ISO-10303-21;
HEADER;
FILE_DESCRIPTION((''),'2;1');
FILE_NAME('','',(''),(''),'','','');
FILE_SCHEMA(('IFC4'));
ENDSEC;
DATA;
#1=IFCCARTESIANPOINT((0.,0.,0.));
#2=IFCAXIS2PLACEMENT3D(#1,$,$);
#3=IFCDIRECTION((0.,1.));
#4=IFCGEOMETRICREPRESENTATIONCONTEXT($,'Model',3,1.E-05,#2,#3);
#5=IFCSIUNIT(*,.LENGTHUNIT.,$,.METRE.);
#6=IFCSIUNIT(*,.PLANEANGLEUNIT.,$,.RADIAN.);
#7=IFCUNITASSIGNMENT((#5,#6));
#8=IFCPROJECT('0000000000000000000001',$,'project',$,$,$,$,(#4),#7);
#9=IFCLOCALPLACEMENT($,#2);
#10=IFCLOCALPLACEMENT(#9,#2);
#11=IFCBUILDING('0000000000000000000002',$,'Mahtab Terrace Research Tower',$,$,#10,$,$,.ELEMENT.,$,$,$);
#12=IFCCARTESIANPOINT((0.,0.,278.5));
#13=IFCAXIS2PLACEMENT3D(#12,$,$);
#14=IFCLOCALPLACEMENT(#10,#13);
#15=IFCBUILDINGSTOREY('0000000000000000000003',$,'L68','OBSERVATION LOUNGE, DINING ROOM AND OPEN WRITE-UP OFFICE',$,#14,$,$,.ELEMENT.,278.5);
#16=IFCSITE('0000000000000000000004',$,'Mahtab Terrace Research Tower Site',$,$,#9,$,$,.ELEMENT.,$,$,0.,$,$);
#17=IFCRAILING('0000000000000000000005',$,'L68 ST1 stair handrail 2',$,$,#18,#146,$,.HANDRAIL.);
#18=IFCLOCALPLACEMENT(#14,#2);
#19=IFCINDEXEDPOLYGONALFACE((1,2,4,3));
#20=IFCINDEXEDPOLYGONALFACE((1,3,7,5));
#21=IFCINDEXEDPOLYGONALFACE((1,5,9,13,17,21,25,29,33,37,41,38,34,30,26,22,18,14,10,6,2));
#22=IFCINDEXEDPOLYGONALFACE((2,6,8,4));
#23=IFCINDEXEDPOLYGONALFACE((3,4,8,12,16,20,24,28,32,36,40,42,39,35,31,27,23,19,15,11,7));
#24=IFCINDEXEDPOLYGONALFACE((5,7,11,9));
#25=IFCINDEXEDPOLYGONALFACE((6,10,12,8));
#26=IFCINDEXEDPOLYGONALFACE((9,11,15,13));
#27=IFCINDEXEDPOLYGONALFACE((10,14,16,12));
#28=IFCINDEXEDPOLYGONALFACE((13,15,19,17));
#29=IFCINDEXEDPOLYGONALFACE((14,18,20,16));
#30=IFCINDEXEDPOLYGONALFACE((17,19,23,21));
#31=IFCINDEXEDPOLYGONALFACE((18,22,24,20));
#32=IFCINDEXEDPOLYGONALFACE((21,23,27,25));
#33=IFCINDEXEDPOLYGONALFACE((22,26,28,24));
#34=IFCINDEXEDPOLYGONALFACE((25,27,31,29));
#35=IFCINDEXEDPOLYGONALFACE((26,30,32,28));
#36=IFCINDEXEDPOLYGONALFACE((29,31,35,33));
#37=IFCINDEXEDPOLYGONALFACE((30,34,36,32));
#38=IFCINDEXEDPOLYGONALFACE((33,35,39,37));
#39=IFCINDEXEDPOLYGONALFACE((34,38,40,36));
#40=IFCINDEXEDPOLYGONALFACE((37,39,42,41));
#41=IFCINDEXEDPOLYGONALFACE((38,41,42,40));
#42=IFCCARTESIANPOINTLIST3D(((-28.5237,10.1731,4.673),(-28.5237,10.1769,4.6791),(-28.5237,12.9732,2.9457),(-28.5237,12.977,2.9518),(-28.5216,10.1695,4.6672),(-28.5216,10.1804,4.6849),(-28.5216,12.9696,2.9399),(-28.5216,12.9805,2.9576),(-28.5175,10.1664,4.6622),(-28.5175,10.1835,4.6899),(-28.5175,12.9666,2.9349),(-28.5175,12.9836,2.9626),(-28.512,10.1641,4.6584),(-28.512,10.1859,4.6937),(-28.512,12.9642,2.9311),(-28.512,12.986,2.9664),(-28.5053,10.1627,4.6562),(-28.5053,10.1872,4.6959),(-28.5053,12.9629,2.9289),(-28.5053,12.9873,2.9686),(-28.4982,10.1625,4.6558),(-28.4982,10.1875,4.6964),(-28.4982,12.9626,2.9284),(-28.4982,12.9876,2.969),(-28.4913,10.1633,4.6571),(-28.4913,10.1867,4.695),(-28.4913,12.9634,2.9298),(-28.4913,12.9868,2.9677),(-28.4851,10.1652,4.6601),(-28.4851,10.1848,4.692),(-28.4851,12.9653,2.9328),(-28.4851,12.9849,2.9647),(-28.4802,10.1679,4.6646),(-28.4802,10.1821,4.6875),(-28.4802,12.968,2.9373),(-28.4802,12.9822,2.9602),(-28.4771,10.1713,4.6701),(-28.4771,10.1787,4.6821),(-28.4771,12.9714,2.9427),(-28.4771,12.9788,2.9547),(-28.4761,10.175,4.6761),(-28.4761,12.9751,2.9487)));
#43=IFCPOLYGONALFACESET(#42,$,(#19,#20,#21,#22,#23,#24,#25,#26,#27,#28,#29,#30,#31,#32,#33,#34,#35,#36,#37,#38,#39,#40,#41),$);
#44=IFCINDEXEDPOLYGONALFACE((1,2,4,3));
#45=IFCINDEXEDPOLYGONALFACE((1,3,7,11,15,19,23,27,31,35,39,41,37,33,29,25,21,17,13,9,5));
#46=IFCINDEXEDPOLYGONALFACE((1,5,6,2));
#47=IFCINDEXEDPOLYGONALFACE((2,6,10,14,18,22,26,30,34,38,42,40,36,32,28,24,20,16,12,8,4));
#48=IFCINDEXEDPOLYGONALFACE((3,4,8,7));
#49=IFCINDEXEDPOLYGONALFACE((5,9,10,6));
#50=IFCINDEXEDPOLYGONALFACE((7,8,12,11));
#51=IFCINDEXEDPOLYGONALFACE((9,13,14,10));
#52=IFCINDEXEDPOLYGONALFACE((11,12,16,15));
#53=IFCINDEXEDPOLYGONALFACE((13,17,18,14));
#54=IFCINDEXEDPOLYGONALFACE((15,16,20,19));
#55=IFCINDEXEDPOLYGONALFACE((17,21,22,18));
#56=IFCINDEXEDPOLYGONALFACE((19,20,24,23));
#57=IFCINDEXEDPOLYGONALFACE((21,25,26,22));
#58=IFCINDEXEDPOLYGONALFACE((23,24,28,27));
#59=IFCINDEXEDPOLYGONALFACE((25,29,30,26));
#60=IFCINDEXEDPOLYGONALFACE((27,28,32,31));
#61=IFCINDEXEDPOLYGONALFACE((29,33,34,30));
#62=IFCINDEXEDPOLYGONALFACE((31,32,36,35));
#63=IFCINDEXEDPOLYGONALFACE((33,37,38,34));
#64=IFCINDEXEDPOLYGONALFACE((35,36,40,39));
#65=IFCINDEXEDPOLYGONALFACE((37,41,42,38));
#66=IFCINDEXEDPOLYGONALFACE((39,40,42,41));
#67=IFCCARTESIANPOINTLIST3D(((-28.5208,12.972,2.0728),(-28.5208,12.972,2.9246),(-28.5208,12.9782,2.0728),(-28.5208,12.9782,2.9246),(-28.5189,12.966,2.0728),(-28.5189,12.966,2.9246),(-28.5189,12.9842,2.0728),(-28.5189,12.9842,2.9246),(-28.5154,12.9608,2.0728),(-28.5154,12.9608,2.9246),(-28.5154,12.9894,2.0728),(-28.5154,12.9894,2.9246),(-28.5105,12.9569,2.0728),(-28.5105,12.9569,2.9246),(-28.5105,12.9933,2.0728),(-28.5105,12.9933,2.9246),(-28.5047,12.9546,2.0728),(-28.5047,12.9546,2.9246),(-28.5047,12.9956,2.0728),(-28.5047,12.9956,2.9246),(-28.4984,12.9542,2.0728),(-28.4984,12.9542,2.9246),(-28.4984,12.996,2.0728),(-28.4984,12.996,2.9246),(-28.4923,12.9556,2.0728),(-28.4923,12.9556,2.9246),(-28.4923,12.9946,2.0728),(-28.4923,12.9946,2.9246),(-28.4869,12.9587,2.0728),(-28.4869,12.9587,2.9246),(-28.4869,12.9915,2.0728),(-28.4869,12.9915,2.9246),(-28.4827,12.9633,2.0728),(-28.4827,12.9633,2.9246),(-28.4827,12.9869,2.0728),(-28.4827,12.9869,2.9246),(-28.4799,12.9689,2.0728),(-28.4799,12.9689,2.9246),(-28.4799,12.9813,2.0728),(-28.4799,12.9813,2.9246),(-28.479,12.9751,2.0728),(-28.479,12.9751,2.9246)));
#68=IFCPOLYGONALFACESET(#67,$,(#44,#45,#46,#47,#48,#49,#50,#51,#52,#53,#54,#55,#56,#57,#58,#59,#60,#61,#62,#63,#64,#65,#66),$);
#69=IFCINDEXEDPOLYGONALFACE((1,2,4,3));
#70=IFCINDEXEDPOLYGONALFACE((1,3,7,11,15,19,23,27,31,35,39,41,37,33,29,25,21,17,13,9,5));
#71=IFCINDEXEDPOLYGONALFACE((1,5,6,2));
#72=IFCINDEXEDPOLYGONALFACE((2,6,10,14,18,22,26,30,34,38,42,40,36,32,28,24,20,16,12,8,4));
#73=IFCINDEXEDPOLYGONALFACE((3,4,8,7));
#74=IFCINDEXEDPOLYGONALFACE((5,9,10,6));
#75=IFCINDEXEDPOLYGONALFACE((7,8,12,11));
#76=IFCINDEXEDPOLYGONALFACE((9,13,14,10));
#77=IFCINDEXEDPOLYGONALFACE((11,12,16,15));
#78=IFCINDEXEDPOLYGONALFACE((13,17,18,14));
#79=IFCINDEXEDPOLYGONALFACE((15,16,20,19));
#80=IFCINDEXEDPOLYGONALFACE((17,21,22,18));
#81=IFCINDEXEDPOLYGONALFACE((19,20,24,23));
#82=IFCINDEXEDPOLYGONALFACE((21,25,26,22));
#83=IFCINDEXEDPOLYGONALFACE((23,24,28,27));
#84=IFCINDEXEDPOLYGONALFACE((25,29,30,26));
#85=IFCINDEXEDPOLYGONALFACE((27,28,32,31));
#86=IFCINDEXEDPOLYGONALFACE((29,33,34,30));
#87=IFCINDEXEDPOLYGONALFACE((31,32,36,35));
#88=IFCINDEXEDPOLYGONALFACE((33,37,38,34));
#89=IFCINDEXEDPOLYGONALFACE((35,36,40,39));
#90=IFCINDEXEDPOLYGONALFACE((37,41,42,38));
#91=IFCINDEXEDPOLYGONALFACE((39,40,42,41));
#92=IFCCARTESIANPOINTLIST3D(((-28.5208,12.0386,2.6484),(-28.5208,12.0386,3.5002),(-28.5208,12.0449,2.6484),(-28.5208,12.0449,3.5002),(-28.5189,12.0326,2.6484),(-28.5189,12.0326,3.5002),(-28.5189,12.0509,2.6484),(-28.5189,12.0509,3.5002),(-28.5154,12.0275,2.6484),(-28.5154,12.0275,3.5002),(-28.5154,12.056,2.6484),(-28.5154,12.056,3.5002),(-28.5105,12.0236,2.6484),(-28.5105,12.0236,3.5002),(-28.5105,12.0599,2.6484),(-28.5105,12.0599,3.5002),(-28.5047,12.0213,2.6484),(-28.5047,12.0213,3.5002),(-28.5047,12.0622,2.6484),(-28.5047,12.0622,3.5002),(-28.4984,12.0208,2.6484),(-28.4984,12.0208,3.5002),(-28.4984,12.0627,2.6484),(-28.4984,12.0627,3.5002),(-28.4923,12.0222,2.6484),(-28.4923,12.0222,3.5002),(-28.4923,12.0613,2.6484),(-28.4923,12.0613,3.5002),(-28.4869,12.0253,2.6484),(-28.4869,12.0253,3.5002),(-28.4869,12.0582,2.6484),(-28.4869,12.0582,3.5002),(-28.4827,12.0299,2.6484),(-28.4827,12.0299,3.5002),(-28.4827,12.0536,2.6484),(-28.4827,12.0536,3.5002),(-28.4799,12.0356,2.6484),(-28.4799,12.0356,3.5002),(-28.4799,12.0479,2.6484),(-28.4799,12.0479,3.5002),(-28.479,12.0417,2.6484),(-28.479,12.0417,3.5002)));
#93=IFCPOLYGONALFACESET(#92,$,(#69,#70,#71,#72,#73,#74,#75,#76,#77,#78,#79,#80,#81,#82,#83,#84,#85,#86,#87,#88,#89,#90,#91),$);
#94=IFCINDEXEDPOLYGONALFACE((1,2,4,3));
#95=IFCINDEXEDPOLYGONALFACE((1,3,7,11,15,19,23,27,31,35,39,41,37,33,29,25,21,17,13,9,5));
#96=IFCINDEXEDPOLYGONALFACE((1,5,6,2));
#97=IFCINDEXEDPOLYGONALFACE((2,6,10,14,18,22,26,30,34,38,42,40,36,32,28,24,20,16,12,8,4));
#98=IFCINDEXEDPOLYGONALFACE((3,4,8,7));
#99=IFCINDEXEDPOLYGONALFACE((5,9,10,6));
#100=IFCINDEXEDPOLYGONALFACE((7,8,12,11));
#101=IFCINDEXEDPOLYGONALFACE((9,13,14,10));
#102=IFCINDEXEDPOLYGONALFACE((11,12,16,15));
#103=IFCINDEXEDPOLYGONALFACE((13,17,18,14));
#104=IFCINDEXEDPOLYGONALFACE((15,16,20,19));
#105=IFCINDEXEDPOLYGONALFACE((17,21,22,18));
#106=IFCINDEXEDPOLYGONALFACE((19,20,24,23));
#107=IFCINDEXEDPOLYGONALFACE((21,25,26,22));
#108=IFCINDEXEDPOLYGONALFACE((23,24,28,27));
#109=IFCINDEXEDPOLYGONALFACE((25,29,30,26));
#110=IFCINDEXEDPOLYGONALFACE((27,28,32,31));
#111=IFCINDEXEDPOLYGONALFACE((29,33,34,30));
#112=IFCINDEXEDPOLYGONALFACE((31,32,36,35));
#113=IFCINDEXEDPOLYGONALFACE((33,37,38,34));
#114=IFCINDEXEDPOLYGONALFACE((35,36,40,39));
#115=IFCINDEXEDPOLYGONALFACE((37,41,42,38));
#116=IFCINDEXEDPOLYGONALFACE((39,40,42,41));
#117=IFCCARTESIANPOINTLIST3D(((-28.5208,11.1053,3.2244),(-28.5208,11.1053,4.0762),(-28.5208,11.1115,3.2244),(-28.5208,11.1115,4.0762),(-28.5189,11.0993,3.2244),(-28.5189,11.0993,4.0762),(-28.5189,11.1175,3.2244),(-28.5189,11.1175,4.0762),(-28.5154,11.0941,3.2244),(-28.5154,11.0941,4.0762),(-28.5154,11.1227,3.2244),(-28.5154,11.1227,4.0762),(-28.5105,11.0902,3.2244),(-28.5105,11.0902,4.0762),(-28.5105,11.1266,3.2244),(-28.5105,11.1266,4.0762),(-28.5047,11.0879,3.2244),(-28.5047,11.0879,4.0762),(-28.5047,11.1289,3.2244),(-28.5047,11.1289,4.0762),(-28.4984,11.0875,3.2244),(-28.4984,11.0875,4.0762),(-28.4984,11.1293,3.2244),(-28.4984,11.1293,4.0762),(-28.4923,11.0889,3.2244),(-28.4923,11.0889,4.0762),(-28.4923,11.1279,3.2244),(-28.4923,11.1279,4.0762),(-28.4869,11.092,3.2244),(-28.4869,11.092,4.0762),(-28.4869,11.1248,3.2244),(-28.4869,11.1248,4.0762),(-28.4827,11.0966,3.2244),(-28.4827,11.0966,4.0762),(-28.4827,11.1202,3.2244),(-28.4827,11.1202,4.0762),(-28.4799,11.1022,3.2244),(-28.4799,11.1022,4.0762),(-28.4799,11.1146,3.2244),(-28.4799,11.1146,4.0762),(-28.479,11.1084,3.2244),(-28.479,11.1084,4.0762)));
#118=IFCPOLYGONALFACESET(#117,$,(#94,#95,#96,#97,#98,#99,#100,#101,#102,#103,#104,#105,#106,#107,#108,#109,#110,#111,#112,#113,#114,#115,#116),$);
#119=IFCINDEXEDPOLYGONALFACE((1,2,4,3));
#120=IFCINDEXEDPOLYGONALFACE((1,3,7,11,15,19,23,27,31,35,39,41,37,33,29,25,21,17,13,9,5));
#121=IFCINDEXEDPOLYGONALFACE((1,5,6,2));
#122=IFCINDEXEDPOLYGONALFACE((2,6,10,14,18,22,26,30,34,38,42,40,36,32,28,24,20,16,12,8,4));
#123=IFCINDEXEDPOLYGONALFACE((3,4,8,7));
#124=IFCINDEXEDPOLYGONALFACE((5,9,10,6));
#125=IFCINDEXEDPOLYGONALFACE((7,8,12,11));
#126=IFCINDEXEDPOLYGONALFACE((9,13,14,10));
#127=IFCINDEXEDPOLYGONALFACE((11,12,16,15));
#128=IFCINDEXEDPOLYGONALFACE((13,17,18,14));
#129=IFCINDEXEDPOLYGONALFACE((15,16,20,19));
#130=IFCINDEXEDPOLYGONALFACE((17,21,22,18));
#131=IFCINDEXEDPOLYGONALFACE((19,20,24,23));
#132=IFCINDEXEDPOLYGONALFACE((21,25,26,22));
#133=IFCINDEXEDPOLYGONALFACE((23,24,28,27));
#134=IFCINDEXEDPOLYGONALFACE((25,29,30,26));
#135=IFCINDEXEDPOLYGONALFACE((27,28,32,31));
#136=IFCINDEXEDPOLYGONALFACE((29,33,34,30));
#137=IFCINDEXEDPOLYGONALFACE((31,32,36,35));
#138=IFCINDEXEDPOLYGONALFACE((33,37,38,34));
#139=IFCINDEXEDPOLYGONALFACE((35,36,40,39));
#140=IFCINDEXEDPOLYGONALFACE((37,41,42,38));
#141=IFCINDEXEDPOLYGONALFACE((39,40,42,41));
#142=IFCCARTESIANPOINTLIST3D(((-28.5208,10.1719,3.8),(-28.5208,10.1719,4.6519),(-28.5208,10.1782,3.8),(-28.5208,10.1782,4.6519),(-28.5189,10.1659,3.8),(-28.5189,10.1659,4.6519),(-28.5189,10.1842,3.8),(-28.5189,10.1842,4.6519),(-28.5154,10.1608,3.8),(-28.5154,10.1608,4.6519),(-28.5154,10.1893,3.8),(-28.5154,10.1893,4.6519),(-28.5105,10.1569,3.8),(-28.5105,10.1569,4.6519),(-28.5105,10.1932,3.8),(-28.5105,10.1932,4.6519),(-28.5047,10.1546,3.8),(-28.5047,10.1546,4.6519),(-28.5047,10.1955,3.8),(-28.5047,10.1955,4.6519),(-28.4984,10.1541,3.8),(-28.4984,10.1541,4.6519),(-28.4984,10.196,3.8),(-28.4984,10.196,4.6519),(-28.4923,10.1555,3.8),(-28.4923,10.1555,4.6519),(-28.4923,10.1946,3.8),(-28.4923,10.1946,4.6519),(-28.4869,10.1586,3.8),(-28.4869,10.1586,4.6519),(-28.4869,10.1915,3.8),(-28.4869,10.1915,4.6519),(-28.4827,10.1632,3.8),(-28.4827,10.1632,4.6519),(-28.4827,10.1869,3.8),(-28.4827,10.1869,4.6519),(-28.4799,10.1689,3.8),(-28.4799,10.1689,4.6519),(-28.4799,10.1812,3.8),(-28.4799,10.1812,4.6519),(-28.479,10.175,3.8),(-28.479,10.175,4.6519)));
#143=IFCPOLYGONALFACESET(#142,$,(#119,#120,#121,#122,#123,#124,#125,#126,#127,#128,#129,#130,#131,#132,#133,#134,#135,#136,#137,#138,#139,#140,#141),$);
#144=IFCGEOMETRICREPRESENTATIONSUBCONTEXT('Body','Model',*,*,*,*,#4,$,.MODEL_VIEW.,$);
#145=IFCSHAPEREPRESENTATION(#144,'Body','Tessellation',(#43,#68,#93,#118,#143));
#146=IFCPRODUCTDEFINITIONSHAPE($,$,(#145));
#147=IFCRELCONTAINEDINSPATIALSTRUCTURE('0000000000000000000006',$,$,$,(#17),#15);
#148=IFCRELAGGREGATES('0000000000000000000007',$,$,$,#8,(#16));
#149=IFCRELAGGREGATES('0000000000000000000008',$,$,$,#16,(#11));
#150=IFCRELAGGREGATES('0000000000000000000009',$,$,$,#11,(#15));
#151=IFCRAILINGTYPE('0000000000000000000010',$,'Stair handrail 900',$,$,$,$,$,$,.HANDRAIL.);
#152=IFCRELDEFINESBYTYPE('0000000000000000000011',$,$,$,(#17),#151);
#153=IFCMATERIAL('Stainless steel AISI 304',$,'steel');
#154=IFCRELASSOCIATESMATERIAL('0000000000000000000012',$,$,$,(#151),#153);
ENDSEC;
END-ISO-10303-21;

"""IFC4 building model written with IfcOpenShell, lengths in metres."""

from ifc_helpers import new_model, si_unit, direction, frame, origin, origin_2d, place, context, subcontext, project, spatial, circle, extrude, material, type_object, element, save


model = new_model("IFC4")

# Units and contexts
model_context = context("Model", 3, precision=1e-05, world=origin(), true_north=direction((0.0, 1.0)))
body_context = subcontext(model_context, "Body", "Model", "MODEL_VIEW")
ifc_project = project(units=[si_unit("LENGTHUNIT", "METRE"), si_unit("PLANEANGLEUNIT", "RADIAN")], contexts=[model_context])

# Site, building, storey
site_placement = place(None, origin())
site = spatial("IfcSite", under=ifc_project, at=site_placement, Name="Mahtab Terrace Research Tower Site", CompositionType="ELEMENT", RefElevation=0.0)
building_placement = place(site_placement, origin())
building = spatial("IfcBuilding", under=site, at=building_placement, Name="Mahtab Terrace Research Tower", CompositionType="ELEMENT")
storey_placement = place(building_placement, frame((0.0, 0.0, 278.5)))
storey = spatial("IfcBuildingStorey", under=building, at=storey_placement, Name="L68", Description="OBSERVATION LOUNGE, DINING ROOM AND OPEN WRITE-UP OFFICE", CompositionType="ELEMENT", Elevation=278.5)

# Railing
ifc_material_1 = material(Name="Stainless steel AISI 304", Category="steel")
railing_type_1 = type_object("IfcRailingType", Name="Stair handrail 900", PredefinedType="HANDRAIL", material=ifc_material_1)
railing_1_placement = place(storey_placement, frame((-28.5, 12.9751, 2.0728)))
element("IfcRailing", 1, at=railing_1_placement, inside=storey, type_object=railing_type_1, Name="L68 ST1 stair handrail 2", PredefinedType="HANDRAIL", context=body_context, shape_type="SweptSolid", body=[
    extrude(circle(Radius=0.0239, at=origin_2d()), frame((0.0, 0.0, 0.876), z_axis=(0.0, -0.85109, 0.52502), x_axis=(1.0, 0.0, 0.0)), (0.0, 0.0, 1.0), 3.29),
    extrude(circle(Radius=0.021, at=origin_2d()), origin(), (0.0, 0.0, 1.0), 0.8518),
    extrude(circle(Radius=0.021, at=origin_2d()), frame((0.0, -0.9333, 0.5757)), (0.0, 0.0, 1.0), 0.8518),
    extrude(circle(Radius=0.021, at=origin_2d()), frame((0.0, -1.8667, 1.1516)), (0.0, 0.0, 1.0), 0.8518),
    extrude(circle(Radius=0.021, at=origin_2d()), frame((0.0, -2.8, 1.7273)), (0.0, 0.0, 1.0), 0.8518),
])

save(model, "model.ifc")
